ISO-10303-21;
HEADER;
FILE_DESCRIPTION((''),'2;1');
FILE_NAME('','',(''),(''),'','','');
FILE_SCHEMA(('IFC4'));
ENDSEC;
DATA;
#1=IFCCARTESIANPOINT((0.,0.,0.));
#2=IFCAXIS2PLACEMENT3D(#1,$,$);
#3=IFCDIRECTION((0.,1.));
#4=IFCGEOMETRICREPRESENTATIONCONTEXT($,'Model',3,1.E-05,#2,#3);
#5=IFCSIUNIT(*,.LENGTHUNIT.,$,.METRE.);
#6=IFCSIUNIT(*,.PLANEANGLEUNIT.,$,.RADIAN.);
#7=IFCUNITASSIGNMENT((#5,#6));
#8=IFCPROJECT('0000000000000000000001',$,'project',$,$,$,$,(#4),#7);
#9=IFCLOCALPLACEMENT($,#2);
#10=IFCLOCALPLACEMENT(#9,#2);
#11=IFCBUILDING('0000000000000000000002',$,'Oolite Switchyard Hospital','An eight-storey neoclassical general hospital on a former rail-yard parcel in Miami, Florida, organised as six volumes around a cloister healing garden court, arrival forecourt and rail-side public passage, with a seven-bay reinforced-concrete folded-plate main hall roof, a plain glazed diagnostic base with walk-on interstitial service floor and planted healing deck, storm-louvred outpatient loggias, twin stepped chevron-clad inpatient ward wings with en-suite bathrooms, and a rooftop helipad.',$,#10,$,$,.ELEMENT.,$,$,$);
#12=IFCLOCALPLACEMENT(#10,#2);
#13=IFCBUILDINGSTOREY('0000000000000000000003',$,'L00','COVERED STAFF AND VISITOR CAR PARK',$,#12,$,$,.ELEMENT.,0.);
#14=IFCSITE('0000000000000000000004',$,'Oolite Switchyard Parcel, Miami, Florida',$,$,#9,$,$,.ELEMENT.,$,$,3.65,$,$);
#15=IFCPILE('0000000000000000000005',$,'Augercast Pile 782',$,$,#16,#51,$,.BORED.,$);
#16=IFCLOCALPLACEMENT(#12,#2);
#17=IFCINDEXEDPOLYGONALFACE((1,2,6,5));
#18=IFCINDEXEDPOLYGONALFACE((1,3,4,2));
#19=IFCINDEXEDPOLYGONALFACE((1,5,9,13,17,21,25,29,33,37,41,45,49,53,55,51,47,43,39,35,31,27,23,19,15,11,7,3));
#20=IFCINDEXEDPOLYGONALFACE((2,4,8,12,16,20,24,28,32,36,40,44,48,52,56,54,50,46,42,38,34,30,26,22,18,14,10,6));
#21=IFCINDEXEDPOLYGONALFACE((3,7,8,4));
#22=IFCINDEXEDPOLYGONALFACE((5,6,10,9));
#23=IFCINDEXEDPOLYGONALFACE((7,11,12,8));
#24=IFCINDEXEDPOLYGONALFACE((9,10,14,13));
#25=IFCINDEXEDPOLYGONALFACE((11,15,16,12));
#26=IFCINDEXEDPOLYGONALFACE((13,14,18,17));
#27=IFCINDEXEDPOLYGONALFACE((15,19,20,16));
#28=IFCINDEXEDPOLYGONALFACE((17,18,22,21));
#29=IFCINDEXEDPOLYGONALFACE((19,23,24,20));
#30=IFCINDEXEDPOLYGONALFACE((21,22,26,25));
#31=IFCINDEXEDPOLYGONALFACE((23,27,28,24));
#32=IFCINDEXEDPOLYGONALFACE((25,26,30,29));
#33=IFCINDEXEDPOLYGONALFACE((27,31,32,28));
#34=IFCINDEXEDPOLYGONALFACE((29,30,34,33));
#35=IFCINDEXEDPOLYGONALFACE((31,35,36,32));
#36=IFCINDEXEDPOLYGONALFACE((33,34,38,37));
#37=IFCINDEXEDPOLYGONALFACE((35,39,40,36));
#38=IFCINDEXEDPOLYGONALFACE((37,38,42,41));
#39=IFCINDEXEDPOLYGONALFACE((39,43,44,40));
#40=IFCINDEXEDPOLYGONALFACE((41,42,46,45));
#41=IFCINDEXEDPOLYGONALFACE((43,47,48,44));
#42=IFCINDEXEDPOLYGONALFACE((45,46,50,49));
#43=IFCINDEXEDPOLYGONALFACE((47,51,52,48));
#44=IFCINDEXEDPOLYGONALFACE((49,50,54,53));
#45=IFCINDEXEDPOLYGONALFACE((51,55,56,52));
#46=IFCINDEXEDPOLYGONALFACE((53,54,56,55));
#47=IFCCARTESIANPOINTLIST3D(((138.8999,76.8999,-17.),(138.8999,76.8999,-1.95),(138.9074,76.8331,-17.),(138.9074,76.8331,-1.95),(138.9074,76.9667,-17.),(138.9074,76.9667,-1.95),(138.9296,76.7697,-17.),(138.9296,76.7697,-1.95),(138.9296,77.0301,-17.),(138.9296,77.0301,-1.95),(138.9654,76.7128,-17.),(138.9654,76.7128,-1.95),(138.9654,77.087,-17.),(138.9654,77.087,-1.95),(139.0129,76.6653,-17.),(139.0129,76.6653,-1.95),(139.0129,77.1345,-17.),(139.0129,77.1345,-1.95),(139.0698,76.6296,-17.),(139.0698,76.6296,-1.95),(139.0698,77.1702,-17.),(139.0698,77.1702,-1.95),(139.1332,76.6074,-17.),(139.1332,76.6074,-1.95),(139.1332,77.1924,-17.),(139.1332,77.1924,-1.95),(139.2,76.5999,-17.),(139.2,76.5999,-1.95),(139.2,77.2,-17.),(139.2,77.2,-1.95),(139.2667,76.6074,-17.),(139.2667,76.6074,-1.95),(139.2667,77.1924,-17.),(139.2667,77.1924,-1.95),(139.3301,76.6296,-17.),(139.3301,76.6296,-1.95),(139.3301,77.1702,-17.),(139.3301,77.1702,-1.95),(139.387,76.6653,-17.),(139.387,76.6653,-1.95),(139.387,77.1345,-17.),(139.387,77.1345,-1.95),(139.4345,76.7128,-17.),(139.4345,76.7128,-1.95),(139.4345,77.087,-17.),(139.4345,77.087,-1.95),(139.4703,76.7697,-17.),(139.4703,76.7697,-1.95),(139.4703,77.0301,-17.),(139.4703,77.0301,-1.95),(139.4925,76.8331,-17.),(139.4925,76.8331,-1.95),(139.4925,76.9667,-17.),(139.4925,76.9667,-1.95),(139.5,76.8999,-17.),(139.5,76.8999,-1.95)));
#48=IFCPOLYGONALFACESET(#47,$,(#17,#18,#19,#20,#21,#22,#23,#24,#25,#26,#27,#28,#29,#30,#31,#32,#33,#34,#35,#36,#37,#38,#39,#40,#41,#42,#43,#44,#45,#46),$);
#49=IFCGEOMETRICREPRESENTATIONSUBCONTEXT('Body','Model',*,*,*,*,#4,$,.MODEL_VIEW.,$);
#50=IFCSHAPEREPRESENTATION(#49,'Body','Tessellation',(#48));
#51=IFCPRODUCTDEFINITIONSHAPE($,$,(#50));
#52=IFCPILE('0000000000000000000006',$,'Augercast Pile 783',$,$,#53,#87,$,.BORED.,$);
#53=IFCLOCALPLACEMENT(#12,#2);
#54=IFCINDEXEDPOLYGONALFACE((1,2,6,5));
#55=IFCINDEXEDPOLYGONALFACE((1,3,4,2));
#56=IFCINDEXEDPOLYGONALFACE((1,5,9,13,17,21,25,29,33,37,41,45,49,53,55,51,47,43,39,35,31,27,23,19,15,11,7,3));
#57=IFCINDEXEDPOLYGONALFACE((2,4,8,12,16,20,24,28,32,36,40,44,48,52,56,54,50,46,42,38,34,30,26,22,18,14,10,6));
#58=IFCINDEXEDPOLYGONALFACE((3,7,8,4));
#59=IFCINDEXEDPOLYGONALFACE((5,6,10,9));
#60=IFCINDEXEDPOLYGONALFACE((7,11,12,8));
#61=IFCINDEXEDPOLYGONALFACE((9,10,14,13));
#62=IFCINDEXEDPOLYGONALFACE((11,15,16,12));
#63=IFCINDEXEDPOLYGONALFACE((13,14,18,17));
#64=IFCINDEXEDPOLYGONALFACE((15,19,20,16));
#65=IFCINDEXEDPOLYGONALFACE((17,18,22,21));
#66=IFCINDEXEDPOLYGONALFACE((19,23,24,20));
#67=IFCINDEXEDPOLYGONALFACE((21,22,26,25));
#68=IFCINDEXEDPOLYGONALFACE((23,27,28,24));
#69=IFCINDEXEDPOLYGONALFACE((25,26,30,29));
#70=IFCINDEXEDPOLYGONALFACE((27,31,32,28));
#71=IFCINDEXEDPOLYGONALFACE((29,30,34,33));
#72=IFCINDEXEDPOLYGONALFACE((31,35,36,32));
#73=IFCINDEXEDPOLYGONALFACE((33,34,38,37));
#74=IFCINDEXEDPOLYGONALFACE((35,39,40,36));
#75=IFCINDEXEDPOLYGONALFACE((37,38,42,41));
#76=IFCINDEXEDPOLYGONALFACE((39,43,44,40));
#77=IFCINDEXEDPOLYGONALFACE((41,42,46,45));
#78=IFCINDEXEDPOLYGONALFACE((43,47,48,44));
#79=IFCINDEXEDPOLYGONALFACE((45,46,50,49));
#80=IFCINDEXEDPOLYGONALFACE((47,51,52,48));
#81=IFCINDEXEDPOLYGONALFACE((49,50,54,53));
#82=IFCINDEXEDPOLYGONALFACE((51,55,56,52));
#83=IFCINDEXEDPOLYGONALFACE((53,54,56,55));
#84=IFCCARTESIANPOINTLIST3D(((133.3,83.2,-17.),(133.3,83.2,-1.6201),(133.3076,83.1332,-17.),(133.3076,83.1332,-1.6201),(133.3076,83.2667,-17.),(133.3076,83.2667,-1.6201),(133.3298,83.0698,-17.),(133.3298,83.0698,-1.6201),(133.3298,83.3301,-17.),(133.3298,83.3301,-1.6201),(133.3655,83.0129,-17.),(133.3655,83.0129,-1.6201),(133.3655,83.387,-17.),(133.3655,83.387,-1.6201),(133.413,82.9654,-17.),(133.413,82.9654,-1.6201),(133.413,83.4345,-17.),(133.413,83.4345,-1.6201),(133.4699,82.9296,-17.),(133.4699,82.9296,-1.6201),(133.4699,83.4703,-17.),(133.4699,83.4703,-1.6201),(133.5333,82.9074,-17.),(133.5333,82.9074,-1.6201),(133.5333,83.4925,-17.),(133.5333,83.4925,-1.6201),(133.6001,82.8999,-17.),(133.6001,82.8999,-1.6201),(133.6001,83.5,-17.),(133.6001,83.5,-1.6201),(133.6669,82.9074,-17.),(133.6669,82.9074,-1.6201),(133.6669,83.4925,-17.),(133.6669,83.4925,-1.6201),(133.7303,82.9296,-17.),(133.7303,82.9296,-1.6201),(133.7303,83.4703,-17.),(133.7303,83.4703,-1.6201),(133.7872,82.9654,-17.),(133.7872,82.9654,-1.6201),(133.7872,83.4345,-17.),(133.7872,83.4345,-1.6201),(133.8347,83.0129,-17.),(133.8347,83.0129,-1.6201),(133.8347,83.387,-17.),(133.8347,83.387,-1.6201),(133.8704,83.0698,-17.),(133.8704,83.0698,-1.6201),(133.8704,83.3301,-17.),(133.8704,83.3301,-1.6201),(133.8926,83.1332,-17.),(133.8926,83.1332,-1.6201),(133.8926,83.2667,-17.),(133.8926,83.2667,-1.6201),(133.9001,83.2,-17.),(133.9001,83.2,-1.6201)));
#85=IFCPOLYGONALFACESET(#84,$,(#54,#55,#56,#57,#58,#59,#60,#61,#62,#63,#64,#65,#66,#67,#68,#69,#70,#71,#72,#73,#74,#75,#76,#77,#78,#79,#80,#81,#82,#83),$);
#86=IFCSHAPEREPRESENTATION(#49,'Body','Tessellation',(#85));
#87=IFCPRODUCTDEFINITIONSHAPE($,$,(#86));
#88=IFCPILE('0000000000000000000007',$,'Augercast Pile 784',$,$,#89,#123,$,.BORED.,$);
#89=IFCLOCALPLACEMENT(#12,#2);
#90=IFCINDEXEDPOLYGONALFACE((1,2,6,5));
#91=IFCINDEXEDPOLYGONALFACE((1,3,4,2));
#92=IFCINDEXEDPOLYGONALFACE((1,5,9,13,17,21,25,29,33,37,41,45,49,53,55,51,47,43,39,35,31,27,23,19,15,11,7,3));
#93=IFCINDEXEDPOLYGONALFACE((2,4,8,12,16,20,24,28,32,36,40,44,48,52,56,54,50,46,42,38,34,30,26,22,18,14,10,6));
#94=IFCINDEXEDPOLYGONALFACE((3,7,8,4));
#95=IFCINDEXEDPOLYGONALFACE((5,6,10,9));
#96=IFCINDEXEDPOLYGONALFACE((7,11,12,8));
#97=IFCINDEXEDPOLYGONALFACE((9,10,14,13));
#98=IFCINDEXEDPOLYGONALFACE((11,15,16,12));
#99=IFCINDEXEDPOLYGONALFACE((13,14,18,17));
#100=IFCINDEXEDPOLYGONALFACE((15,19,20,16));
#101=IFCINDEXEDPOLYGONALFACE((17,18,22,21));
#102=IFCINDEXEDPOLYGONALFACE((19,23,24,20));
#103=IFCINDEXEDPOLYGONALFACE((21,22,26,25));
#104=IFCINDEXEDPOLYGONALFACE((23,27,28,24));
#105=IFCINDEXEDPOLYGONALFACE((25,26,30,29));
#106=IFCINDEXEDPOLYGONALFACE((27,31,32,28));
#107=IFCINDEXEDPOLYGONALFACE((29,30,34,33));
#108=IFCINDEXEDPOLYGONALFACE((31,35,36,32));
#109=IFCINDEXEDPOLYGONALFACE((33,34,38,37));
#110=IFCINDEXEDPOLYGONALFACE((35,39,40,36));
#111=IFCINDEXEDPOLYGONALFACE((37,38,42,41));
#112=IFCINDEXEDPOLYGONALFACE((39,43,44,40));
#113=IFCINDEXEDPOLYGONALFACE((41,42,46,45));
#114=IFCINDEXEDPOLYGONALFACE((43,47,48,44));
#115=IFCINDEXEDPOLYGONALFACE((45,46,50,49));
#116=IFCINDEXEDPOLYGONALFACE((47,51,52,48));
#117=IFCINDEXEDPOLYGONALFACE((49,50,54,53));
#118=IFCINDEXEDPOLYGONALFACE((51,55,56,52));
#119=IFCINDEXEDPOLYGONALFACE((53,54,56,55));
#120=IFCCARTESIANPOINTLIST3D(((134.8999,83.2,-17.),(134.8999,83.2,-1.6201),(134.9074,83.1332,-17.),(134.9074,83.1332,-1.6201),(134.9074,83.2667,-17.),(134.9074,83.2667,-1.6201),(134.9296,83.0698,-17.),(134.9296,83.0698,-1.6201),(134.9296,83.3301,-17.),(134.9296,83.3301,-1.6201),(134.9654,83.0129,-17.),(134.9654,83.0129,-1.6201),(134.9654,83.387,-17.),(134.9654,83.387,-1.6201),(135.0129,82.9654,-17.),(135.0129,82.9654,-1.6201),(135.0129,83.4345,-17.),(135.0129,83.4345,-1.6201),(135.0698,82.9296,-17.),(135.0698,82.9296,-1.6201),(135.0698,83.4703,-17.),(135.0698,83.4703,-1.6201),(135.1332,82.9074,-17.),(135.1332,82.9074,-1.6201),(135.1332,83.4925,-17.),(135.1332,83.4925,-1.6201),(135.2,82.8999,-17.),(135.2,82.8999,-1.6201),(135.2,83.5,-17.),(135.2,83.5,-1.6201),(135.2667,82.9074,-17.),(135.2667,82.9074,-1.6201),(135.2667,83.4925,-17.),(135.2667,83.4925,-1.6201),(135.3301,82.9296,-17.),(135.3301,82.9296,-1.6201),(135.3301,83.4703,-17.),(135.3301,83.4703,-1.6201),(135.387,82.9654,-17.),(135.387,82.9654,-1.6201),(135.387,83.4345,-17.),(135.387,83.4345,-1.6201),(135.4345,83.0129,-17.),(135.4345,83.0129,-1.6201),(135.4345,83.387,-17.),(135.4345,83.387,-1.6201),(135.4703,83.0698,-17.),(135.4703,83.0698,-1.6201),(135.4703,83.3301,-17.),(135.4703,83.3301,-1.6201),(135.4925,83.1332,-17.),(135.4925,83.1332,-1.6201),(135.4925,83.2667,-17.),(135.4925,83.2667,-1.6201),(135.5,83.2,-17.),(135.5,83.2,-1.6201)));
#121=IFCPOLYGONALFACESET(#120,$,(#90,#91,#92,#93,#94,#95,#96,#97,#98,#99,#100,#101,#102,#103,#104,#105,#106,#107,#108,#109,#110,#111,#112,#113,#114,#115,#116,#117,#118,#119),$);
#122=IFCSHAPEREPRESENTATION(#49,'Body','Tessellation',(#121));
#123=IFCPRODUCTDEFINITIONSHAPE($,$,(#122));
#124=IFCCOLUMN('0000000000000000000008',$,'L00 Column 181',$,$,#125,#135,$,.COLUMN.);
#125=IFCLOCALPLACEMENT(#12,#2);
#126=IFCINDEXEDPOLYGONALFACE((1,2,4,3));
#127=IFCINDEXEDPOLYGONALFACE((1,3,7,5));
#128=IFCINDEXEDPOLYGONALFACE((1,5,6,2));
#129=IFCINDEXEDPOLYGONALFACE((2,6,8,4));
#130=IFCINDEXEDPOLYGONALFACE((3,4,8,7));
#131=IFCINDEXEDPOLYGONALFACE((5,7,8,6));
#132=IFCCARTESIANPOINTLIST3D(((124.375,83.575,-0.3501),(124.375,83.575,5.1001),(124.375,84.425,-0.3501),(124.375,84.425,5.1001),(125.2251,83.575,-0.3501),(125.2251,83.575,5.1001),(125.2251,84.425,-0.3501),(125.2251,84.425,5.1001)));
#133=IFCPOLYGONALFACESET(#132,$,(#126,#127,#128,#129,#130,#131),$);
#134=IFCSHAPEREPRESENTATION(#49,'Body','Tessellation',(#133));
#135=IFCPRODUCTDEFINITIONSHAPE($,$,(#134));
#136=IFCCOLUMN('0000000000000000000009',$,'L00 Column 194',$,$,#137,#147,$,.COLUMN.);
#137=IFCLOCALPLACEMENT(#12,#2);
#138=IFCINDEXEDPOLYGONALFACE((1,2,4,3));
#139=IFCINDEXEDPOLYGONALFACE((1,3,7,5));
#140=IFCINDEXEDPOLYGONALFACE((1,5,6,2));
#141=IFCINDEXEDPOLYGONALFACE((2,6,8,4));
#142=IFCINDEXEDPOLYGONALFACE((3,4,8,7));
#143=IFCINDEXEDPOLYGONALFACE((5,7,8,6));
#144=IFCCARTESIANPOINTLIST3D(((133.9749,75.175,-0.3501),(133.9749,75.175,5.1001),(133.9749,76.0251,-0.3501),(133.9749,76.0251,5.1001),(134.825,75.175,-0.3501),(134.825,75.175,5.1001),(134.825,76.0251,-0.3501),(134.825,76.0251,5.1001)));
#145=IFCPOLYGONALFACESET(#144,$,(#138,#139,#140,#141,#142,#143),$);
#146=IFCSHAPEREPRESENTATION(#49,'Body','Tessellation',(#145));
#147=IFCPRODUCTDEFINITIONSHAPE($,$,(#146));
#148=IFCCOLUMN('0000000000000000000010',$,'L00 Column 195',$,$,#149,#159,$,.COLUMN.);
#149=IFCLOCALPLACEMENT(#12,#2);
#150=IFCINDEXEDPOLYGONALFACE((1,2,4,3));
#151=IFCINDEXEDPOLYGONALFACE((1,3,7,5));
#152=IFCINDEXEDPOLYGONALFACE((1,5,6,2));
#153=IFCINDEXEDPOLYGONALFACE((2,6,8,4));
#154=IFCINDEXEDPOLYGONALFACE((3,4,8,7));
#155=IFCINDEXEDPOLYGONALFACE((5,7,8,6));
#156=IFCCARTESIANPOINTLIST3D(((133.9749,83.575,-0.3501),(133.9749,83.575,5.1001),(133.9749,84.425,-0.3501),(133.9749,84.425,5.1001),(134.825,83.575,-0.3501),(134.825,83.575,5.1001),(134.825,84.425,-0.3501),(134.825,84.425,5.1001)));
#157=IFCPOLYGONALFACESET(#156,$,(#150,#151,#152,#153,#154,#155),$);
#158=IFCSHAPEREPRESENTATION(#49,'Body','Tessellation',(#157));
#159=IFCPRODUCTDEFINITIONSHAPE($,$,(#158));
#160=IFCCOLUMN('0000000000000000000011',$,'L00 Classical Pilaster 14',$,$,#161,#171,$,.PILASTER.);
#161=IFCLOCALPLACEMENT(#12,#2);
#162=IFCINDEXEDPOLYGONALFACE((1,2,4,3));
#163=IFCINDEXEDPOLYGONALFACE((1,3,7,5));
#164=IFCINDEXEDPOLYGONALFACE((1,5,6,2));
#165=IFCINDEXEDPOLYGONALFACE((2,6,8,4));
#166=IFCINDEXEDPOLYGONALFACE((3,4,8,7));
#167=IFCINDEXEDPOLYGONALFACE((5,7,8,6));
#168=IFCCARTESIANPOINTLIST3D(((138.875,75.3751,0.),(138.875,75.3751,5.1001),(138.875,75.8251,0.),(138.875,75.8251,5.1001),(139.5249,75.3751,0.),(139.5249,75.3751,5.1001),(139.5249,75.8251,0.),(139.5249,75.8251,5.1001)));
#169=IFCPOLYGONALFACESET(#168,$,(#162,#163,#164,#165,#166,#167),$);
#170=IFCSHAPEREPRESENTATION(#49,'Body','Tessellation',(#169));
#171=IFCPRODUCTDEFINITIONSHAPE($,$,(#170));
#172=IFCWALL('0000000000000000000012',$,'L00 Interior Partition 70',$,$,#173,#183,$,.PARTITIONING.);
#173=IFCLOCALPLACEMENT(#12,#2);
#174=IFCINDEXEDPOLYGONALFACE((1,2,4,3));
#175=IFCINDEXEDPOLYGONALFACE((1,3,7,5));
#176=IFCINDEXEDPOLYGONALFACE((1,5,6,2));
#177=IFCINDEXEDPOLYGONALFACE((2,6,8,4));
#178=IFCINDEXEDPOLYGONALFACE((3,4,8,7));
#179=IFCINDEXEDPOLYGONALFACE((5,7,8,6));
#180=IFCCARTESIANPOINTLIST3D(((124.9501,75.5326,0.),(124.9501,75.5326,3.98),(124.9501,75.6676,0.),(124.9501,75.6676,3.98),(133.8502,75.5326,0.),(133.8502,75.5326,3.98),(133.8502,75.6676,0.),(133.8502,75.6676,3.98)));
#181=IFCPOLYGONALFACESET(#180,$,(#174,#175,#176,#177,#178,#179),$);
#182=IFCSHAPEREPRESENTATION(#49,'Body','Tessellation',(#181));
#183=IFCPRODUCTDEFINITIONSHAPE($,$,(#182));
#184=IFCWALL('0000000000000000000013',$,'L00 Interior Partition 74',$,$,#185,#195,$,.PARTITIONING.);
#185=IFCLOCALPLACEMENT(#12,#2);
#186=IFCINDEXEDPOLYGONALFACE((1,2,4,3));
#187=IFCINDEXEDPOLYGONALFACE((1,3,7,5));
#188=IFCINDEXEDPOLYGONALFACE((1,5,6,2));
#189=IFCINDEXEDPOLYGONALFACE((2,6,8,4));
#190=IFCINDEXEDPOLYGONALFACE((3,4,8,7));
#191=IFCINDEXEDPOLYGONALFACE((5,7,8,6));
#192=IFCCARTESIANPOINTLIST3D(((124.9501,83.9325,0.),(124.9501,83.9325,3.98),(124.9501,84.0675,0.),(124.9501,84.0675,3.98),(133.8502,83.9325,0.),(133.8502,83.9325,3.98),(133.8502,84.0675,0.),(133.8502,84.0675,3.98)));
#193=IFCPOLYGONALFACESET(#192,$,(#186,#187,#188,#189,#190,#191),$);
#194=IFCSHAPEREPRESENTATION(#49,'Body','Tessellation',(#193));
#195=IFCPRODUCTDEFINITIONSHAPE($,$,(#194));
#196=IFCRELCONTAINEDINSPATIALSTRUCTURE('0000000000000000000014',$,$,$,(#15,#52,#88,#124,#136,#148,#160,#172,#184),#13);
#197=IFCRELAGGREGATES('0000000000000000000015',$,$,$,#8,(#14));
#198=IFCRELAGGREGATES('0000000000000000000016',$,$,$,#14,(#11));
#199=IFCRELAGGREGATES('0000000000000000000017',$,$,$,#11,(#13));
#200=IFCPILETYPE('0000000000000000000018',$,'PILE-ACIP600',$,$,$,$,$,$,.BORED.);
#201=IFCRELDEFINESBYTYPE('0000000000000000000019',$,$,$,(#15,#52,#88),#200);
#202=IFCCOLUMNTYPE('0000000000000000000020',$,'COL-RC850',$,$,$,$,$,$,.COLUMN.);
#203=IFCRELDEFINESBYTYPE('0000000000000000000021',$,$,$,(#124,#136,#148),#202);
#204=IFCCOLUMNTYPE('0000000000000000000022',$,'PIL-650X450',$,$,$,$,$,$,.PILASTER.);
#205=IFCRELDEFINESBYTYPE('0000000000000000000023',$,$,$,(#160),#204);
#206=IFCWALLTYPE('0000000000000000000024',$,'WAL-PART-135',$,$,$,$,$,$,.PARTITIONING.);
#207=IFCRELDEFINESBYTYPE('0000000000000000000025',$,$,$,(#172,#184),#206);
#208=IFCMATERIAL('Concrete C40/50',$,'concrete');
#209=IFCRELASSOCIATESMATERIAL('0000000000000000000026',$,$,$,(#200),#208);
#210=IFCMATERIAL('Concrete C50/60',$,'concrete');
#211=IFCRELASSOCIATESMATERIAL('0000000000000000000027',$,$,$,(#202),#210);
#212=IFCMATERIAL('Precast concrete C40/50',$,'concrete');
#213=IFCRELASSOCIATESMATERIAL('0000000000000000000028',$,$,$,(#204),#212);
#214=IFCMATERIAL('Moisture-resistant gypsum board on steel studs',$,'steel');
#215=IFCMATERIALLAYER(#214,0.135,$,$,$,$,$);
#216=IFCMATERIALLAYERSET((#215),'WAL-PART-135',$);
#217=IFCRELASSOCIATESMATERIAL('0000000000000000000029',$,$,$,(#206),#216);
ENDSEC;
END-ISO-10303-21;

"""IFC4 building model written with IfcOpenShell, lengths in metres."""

from ifc_helpers import new_model, si_unit, direction, frame, frame_2d, origin, origin_2d, place, context, subcontext, project, spatial, rectangle, circle, extrude, material, layer, layer_set, material_profile, profile_set, type_object, element, save


model = new_model("IFC4")

# Units and contexts
model_context = context("Model", 3, precision=1e-05, world=origin(), true_north=direction((0.0, 1.0)))
body_context = subcontext(model_context, "Body", "Model", "MODEL_VIEW")
ifc_project = project(units=[si_unit("LENGTHUNIT", "METRE"), si_unit("PLANEANGLEUNIT", "RADIAN")], contexts=[model_context])

# Site, building, storey
site_placement = place(None, origin())
site = spatial("IfcSite", under=ifc_project, at=site_placement, Name="Oolite Switchyard Parcel, Miami, Florida", CompositionType="ELEMENT", RefElevation=3.65)
building_placement = place(site_placement, origin())
building = spatial("IfcBuilding", under=site, at=building_placement, Name="Oolite Switchyard Hospital", Description="An eight-storey neoclassical general hospital on a former rail-yard parcel in Miami, Florida, organised as six volumes around a cloister healing garden court, arrival forecourt and rail-side public passage, with a seven-bay reinforced-concrete folded-plate main hall roof, a plain glazed diagnostic base with walk-on interstitial service floor and planted healing deck, storm-louvred outpatient loggias, twin stepped chevron-clad inpatient ward wings with en-suite bathrooms, and a rooftop helipad.", CompositionType="ELEMENT")
storey_placement = place(building_placement, origin())
storey = spatial("IfcBuildingStorey", under=building, at=storey_placement, Name="L00", Description="COVERED STAFF AND VISITOR CAR PARK", CompositionType="ELEMENT", Elevation=0.0)

# Shared definitions
ifc_material_1 = material(Name="Concrete C40/50", Category="concrete")

# Piles
ifc_material_profile_1 = material_profile(ifc_material_1, circle(Radius=0.3, at=origin_2d()), Name="PILE600")
ifc_profile_set_1 = profile_set([ifc_material_profile_1], Name="Concrete C40/50")
pile_type = type_object("IfcPileType", Name="PILE-ACIP600", PredefinedType="BORED", material=ifc_profile_set_1)
for number, where, z_axis, x_axis, name in (
    (1, (139.2, 76.8999, -1.95), (0.0, 0.0, -1.0), (1.0, 0.0, 0.0), "Augercast Pile 782"),
):
    element("IfcPile", number, at=place(storey_placement, frame(where, z_axis=z_axis, x_axis=x_axis)), inside=storey, type_object=pile_type, Name=name, PredefinedType="BORED", context=body_context, shape_type="SweptSolid", body=[
        extrude(circle(Radius=0.3, at=origin_2d()), origin(), (0.0, 0.0, 1.0), 15.05),
    ])
for number, where, z_axis, x_axis, name in (
    (2, (133.6001, 83.2, -1.6201), (0.0, 0.0, -1.0), (1.0, 0.0, 0.0), "Augercast Pile 783"),
    (3, (135.2, 83.2, -1.6201), (0.0, 0.0, -1.0), (1.0, 0.0, 0.0), "Augercast Pile 784"),
):
    element("IfcPile", number, at=place(storey_placement, frame(where, z_axis=z_axis, x_axis=x_axis)), inside=storey, type_object=pile_type, Name=name, PredefinedType="BORED", context=body_context, shape_type="SweptSolid", body=[
        extrude(circle(Radius=0.3, at=origin_2d()), origin(), (0.0, 0.0, 1.0), 15.3799),
    ])

# Columns
ifc_material_2 = material(Name="Concrete C50/60", Category="concrete")
ifc_material_profile_2 = material_profile(ifc_material_2, rectangle(XDim=0.8501, YDim=0.8501, at=origin_2d()), Name="RC850X850")
ifc_profile_set_2 = profile_set([ifc_material_profile_2], Name="Concrete C50/60")
column_type_1 = type_object("IfcColumnType", Name="COL-RC850", PredefinedType="COLUMN", material=ifc_profile_set_2)
for number, where, z_axis, x_axis, name in (
    (4, (124.8, 84.0, -0.3501), (0.0, 0.0, 1.0), (1.0, 0.0, 0.0), "L00 Column 181"),
    (5, (134.3999, 75.6001, -0.3501), (0.0, 0.0, 1.0), (1.0, 0.0, 0.0), "L00 Column 194"),
    (6, (134.3999, 84.0, -0.3501), (0.0, 0.0, 1.0), (1.0, 0.0, 0.0), "L00 Column 195"),
):
    element("IfcColumn", number, at=place(storey_placement, frame(where, z_axis=z_axis, x_axis=x_axis)), inside=storey, type_object=column_type_1, Name=name, PredefinedType="COLUMN", context=body_context, shape_type="SweptSolid", body=[
        extrude(rectangle(XDim=0.8501, YDim=0.8501, at=origin_2d()), origin(), (0.0, 0.0, 1.0), 5.4502),
    ])
ifc_material_3 = material(Name="Precast concrete C40/50", Category="concrete")
ifc_material_profile_3 = material_profile(ifc_material_3, rectangle(XDim=0.6499, YDim=0.45, at=origin_2d()), Name="PIL650X450")
ifc_profile_set_3 = profile_set([ifc_material_profile_3], Name="Precast concrete C40/50")
column_type_2 = type_object("IfcColumnType", Name="PIL-650X450", PredefinedType="PILASTER", material=ifc_profile_set_3)
column_placement = place(storey_placement, frame((139.2, 75.6001, 0.0), z_axis=(0.0, 0.0, 1.0), x_axis=(1.0, 0.0, 0.0)))
element("IfcColumn", 7, at=column_placement, inside=storey, type_object=column_type_2, Name="L00 Classical Pilaster 14", PredefinedType="PILASTER", context=body_context, shape_type="SweptSolid", body=[
    extrude(rectangle(XDim=0.6499, YDim=0.45, at=origin_2d()), origin(), (0.0, 0.0, 1.0), 5.1001),
])

# Walls
ifc_material_4 = material(Name="Moisture-resistant gypsum board on steel studs", Category="steel")
ifc_layer_1 = layer(ifc_material_4, 0.135)
ifc_layer_set_1 = layer_set([ifc_layer_1], Name="WAL-PART-135")
wall_type_1 = type_object("IfcWallType", Name="WAL-PART-135", PredefinedType="PARTITIONING", material=ifc_layer_set_1)
for number, where, z_axis, x_axis, name in (
    (8, (124.95, 75.6001, 0.0), (0.0, 0.0, 1.0), (1.0, 0.0, 0.0), "L00 Interior Partition 70"),
    (9, (124.95, 84.0, 0.0), (0.0, 0.0, 1.0), (1.0, 0.0, 0.0), "L00 Interior Partition 74"),
):
    element("IfcWall", number, at=place(storey_placement, frame(where, z_axis=z_axis, x_axis=x_axis)), inside=storey, type_object=wall_type_1, Name=name, PredefinedType="PARTITIONING", context=body_context, shape_type="SweptSolid", body=[
        extrude(rectangle(XDim=8.9001, YDim=0.135, at=frame_2d((4.4502, 0.0))), origin(), (0.0, 0.0, 1.0), 3.98),
    ])

save(model, "model.ifc")
